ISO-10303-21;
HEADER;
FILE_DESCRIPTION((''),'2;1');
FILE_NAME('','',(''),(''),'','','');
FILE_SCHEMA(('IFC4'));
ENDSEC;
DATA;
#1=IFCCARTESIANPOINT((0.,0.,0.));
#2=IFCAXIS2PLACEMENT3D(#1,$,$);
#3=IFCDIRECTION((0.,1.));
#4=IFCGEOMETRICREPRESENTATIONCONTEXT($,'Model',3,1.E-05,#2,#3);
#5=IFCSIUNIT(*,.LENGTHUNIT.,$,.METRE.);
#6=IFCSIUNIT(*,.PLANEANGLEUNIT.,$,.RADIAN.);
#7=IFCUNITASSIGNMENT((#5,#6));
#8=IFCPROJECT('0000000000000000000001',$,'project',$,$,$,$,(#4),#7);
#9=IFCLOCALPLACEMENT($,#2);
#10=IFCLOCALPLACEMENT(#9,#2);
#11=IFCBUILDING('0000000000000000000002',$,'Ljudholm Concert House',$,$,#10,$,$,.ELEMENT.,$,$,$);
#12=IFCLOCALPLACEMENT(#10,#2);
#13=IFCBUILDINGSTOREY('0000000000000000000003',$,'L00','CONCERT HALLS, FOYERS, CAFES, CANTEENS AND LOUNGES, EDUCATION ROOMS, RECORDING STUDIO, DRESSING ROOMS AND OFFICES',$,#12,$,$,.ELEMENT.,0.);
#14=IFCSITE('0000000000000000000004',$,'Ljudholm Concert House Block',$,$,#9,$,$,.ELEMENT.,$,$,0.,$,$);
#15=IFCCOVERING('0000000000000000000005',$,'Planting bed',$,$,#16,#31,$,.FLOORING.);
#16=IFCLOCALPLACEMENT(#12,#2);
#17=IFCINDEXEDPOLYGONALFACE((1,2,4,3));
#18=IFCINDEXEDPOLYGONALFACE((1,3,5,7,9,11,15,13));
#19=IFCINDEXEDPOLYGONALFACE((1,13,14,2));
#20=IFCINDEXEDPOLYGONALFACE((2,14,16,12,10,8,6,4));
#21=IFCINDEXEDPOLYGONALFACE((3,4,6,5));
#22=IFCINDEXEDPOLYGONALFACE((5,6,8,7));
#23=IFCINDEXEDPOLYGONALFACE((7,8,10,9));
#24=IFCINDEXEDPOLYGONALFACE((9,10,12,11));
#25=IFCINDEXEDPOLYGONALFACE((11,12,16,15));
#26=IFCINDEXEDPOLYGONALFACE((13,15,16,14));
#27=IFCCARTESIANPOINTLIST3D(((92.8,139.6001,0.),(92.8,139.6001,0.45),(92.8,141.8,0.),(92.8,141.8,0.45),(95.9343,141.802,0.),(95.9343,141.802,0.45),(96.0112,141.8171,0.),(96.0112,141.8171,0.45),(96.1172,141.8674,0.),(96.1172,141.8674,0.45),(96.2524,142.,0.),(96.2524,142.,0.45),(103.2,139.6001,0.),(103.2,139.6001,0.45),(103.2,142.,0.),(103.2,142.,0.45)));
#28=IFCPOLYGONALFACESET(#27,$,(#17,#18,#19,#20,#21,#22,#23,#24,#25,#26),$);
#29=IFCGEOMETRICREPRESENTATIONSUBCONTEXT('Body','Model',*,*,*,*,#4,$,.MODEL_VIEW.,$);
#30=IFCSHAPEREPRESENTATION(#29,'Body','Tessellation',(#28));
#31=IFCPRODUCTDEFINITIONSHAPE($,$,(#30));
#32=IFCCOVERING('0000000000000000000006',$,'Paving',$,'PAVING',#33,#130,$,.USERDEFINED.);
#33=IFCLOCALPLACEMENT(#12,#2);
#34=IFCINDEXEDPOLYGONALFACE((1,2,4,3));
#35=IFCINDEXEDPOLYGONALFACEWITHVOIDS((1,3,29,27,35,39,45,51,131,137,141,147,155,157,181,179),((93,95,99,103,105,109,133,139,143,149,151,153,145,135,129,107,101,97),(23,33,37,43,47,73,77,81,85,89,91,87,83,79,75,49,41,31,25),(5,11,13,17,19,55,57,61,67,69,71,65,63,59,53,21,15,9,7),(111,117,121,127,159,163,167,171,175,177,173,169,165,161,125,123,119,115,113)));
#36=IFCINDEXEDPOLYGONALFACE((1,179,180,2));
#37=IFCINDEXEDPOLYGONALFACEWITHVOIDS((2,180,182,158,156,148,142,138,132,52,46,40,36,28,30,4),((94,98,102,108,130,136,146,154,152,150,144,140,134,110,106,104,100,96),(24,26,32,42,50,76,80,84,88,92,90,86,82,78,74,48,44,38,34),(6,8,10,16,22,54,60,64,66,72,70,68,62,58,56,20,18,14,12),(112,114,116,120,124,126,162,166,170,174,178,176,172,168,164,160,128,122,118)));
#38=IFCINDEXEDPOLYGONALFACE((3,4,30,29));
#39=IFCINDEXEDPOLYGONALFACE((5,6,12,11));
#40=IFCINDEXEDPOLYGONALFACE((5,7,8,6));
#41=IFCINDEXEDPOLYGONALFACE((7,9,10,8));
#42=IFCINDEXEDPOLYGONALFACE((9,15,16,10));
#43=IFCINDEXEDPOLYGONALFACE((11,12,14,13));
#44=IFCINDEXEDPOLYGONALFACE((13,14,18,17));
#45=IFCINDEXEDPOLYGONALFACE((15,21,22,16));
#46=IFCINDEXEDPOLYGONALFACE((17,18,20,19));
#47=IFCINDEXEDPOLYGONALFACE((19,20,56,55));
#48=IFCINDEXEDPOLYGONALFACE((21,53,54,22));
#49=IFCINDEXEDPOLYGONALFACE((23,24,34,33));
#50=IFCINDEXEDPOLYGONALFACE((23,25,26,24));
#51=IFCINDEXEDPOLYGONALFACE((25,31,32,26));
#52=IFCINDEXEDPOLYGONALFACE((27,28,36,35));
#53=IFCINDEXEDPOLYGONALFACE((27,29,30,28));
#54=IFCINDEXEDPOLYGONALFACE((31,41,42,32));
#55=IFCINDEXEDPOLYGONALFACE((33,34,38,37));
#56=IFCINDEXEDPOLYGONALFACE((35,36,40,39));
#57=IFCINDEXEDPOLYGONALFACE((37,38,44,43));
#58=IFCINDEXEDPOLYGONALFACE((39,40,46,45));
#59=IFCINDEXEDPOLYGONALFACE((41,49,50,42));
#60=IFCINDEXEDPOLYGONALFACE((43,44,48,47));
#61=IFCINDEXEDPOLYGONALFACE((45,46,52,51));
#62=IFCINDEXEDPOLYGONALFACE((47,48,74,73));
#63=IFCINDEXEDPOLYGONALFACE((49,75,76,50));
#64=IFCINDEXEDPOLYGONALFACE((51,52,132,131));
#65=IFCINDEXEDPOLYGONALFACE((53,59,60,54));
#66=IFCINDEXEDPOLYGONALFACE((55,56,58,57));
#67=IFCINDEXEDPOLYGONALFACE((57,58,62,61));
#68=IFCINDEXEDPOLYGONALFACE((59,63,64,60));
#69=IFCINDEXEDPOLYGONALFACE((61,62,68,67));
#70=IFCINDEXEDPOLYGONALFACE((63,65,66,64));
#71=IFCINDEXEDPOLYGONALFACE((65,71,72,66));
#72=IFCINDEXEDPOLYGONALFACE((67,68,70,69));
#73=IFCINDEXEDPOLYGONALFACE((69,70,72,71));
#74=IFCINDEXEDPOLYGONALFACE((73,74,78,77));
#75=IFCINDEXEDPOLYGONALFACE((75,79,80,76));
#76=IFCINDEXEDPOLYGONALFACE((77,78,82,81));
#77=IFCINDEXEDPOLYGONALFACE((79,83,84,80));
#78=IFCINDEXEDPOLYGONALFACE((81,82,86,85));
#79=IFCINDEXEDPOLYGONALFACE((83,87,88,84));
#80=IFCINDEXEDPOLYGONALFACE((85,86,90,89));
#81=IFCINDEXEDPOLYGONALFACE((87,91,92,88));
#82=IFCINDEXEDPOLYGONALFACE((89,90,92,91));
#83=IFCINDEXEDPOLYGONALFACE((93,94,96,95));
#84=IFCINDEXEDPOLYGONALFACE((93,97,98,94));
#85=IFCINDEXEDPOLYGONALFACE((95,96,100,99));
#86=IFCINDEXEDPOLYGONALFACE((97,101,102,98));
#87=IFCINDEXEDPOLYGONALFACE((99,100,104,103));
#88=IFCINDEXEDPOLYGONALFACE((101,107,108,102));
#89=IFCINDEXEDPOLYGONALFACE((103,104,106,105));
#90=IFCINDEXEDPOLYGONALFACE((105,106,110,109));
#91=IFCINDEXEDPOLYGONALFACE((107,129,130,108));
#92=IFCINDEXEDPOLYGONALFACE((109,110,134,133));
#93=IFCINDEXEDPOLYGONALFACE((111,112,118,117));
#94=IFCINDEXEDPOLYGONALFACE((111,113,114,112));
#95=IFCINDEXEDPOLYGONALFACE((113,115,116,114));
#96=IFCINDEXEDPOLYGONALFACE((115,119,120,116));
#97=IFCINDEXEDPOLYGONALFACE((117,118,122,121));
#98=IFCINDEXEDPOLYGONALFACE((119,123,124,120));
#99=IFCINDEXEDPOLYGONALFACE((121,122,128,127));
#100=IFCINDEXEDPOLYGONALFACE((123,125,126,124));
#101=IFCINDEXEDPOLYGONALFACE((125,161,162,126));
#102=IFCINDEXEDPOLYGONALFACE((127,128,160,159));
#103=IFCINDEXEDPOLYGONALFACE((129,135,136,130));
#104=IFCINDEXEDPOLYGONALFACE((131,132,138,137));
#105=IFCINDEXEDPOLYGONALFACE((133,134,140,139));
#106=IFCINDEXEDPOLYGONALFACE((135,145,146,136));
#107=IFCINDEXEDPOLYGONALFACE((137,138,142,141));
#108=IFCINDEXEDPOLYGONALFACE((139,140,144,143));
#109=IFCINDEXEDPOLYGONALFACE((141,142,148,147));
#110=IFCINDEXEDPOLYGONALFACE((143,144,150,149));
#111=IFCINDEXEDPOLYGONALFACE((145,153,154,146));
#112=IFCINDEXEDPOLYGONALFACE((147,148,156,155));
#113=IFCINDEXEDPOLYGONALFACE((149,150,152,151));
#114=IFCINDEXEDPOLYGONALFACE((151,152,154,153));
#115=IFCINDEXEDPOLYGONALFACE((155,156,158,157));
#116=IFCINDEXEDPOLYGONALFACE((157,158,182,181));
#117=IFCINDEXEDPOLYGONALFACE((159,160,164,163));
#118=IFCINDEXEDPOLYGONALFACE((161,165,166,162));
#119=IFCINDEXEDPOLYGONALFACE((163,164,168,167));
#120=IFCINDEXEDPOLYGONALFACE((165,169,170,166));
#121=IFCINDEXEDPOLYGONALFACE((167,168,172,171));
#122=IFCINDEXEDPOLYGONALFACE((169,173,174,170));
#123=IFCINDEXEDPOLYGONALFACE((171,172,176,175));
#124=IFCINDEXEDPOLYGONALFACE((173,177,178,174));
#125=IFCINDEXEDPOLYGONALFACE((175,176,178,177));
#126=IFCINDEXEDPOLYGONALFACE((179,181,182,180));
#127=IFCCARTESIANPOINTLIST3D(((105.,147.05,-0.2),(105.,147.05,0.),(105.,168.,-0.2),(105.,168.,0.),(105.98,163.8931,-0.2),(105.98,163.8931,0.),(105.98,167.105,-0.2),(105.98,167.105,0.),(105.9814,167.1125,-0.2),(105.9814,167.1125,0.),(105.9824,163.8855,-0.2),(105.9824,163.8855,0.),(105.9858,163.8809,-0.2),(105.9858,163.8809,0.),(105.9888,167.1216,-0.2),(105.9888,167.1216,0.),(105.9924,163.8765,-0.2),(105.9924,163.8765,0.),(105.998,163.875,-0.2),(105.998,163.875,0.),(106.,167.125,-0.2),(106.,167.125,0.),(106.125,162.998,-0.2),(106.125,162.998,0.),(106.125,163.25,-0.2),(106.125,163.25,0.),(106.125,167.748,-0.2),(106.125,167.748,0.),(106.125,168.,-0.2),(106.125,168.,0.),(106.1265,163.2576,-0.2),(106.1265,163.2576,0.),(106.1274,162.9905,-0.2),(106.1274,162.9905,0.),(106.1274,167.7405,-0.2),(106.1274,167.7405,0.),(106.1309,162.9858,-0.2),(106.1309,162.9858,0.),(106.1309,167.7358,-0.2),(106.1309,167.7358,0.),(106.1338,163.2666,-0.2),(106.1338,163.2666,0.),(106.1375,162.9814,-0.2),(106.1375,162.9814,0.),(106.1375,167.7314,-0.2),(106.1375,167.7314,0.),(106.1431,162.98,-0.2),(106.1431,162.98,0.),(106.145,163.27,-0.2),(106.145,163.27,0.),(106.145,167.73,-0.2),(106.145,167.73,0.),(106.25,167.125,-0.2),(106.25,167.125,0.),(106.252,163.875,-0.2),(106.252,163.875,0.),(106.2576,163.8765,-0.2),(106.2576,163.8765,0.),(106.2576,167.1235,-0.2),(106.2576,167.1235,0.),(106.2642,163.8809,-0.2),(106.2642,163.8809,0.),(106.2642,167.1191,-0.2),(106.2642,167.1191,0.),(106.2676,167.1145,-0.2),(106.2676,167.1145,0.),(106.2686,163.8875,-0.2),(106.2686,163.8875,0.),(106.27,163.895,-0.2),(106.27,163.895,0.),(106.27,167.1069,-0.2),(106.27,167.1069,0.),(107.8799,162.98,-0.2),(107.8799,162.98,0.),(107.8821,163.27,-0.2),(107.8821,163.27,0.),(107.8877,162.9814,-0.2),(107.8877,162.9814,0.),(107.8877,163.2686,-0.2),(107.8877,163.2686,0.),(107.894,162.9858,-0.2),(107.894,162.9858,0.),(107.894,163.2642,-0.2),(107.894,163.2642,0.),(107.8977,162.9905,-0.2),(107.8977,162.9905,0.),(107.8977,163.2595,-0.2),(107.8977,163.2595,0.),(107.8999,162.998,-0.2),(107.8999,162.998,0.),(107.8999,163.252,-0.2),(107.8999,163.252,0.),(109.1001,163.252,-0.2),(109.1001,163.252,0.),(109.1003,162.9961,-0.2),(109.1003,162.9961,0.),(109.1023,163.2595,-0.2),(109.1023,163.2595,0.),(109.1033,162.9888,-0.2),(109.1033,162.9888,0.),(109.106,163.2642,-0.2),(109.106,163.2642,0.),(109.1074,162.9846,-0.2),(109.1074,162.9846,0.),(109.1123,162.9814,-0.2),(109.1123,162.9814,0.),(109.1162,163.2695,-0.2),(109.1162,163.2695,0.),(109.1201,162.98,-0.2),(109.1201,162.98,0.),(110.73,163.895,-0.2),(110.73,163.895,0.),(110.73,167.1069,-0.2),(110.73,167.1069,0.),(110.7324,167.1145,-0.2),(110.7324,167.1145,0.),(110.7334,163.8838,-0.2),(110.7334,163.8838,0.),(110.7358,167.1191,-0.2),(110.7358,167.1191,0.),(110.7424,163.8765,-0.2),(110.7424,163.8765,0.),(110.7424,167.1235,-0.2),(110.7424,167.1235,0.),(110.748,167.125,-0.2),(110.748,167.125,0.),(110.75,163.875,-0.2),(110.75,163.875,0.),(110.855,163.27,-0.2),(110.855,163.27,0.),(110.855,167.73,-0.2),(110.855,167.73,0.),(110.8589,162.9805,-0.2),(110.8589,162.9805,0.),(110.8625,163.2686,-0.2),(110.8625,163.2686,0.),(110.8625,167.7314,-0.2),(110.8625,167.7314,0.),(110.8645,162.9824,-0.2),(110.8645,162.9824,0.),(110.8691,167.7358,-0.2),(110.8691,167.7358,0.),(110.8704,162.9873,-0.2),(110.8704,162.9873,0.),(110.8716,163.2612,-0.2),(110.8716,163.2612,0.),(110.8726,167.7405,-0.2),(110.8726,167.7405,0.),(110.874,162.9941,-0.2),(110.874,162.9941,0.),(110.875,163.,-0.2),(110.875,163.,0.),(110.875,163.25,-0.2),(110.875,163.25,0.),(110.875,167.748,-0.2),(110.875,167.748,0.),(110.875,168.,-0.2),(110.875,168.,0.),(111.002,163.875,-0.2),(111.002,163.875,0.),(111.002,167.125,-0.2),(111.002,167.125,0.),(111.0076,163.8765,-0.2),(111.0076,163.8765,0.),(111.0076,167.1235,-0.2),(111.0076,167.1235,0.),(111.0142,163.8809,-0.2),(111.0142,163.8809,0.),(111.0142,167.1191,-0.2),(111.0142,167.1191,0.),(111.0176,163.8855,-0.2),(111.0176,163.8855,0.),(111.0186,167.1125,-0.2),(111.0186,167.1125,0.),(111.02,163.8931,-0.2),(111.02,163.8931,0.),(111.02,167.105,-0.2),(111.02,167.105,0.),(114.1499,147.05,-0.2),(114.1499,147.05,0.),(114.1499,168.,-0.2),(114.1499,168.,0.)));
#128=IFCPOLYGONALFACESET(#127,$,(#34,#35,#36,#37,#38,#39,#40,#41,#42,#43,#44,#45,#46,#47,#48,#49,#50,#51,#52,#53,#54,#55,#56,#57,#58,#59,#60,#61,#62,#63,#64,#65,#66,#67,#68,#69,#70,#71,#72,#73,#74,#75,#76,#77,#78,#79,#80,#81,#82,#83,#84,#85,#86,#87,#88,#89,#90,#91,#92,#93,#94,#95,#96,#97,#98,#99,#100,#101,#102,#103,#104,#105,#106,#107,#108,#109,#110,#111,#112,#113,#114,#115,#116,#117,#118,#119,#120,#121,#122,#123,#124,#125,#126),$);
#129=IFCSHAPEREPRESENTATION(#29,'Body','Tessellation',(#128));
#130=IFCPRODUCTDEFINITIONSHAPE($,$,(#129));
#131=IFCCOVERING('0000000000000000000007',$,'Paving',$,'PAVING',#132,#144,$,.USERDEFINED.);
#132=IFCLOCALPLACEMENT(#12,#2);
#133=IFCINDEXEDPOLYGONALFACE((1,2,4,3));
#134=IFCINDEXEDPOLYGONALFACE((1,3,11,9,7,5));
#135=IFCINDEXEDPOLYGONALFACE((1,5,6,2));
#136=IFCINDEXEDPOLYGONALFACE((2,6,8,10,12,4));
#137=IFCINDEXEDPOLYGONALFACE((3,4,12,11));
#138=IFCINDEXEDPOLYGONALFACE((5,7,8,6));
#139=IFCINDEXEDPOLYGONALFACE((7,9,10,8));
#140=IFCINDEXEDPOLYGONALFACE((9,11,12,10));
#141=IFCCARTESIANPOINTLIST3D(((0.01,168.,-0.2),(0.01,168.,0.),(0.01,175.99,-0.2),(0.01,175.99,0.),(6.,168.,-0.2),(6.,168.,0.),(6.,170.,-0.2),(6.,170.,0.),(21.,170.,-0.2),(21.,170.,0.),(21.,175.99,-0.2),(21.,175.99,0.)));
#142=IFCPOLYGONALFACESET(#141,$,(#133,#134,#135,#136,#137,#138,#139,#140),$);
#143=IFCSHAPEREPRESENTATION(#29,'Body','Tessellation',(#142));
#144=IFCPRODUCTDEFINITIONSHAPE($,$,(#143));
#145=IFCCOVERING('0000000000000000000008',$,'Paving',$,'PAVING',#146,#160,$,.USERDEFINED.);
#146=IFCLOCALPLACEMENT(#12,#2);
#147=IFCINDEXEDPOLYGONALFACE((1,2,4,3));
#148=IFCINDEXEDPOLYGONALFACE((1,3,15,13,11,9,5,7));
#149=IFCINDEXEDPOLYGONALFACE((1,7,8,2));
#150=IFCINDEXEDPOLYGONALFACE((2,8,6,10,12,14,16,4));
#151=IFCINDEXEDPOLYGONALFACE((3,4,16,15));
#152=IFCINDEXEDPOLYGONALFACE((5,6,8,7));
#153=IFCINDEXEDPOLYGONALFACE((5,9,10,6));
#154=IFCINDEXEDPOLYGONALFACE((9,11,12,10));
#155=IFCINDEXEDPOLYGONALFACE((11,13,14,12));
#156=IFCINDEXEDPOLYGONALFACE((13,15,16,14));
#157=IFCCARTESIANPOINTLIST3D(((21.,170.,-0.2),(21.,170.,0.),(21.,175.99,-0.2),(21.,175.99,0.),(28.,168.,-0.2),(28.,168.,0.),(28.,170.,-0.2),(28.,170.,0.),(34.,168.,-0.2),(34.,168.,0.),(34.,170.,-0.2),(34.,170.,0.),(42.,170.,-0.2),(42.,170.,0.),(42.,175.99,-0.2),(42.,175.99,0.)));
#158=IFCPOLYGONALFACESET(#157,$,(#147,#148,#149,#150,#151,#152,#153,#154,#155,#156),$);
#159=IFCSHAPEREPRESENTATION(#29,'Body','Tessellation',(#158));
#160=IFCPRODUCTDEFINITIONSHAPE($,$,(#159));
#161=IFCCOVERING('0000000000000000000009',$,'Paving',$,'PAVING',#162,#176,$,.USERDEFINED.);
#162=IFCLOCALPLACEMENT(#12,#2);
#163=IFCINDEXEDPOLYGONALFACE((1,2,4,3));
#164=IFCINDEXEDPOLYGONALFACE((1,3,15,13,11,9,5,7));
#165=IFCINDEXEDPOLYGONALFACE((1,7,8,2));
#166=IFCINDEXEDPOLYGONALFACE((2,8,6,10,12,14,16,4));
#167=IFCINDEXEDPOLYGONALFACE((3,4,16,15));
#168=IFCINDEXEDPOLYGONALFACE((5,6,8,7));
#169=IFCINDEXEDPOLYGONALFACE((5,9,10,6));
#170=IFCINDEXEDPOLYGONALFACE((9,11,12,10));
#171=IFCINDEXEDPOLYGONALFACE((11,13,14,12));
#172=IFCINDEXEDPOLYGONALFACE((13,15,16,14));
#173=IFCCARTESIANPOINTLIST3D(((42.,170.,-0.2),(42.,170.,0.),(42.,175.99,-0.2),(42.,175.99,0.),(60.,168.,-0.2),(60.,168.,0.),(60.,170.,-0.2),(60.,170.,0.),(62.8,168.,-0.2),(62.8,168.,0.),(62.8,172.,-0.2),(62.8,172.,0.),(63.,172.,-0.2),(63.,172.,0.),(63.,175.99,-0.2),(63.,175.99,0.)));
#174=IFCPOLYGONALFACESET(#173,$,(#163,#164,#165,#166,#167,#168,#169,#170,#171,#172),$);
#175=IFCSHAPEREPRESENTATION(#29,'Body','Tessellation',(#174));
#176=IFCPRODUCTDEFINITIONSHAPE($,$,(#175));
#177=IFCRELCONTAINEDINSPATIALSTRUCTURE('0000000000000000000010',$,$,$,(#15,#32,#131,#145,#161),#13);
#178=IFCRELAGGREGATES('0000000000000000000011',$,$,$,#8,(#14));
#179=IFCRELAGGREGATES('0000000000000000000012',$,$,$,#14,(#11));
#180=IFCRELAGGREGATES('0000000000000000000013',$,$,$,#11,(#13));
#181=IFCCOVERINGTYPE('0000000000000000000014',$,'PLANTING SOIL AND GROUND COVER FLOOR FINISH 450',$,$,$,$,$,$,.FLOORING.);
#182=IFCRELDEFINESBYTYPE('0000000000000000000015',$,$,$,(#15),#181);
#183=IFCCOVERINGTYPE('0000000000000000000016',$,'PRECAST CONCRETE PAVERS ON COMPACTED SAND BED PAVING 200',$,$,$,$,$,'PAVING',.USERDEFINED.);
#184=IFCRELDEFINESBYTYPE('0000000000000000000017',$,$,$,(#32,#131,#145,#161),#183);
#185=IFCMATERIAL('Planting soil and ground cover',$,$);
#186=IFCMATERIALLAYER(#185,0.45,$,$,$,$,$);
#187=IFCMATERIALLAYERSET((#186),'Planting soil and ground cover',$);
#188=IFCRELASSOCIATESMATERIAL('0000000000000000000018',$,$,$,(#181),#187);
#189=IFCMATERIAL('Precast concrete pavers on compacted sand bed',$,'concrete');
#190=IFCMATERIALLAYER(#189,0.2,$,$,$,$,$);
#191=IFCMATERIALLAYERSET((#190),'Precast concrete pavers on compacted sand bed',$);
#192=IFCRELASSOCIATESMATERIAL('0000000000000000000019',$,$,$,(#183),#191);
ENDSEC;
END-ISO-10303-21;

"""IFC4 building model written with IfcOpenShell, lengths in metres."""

from ifc_helpers import new_model, si_unit, direction, frame, origin, place, context, subcontext, project, spatial, polyline, outline, extrude, material, layer, layer_set, type_object, element, save


model = new_model("IFC4")

# Units and contexts
model_context = context("Model", 3, precision=1e-05, world=origin(), true_north=direction((0.0, 1.0)))
body_context = subcontext(model_context, "Body", "Model", "MODEL_VIEW")
ifc_project = project(units=[si_unit("LENGTHUNIT", "METRE"), si_unit("PLANEANGLEUNIT", "RADIAN")], contexts=[model_context])

# Site, building, storey
site_placement = place(None, origin())
site = spatial("IfcSite", under=ifc_project, at=site_placement, Name="Ljudholm Concert House Block", CompositionType="ELEMENT", RefElevation=0.0)
building_placement = place(site_placement, origin())
building = spatial("IfcBuilding", under=site, at=building_placement, Name="Ljudholm Concert House", CompositionType="ELEMENT")
storey_placement = place(building_placement, origin())
storey = spatial("IfcBuildingStorey", under=building, at=storey_placement, Name="L00", Description="CONCERT HALLS, FOYERS, CAFES, CANTEENS AND LOUNGES, EDUCATION ROOMS, RECORDING STUDIO, DRESSING ROOMS AND OFFICES", CompositionType="ELEMENT", Elevation=0.0)

# Coverings
ifc_material_1 = material(Name="Planting soil and ground cover")
ifc_layer_1 = layer(ifc_material_1, 0.45)
ifc_layer_set_1 = layer_set([ifc_layer_1], Name="Planting soil and ground cover")
covering_type_1 = type_object("IfcCoveringType", Name="PLANTING SOIL AND GROUND COVER FLOOR FINISH 450", PredefinedType="FLOORING", material=ifc_layer_set_1)
covering_1_placement = place(storey_placement, origin())
element("IfcCovering", 1, at=covering_1_placement, inside=storey, type_object=covering_type_1, Name="Planting bed", PredefinedType="FLOORING", context=body_context, shape_type="SweptSolid", body=[
    extrude(outline(polyline([(92.8, 139.6001), (92.8, 141.8), (95.9343, 141.802), (96.0112, 141.8171), (96.1172, 141.8674), (96.2524, 142.0), (103.2, 142.0), (103.2, 139.6001), (92.8, 139.6001)])), origin(), (0.0, 0.0, 1.0), 0.45),
])
ifc_material_2 = material(Name="Precast concrete pavers on compacted sand bed", Category="concrete")
ifc_layer_2 = layer(ifc_material_2, 0.2)
ifc_layer_set_2 = layer_set([ifc_layer_2], Name="Precast concrete pavers on compacted sand bed")
covering_type_2 = type_object("IfcCoveringType", Name="PRECAST CONCRETE PAVERS ON COMPACTED SAND BED PAVING 200", ElementType="PAVING", PredefinedType="USERDEFINED", material=ifc_layer_set_2)
covering_2_placement = place(storey_placement, frame((0.0, 0.0, -0.2)))
element("IfcCovering", 2, at=covering_2_placement, inside=storey, type_object=covering_type_2, Name="Paving", ObjectType="PAVING", PredefinedType="USERDEFINED", context=body_context, shape_type="SweptSolid", body=[
    extrude(outline(polyline([(114.1499, 147.05), (105.0, 147.05), (105.0, 168.0), (106.125, 168.0), (106.125, 167.748), (106.1274, 167.7405), (106.1309, 167.7358), (106.1375, 167.7314), (106.145, 167.73), (110.855, 167.73), (110.8625, 167.7314), (110.8691, 167.7358), (110.8726, 167.7405), (110.875, 167.748), (110.875, 168.0), (114.1499, 168.0), (114.1499, 147.05)]), holes=[polyline([(106.1265, 163.2576), (106.125, 163.25), (106.125, 162.998), (106.1274, 162.9905), (106.1309, 162.9858), (106.1375, 162.9814), (106.1431, 162.98), (107.8799, 162.98), (107.8877, 162.9814), (107.894, 162.9858), (107.8977, 162.9905), (107.8999, 162.998), (107.8999, 163.252), (107.8977, 163.2595), (107.894, 163.2642), (107.8877, 163.2686), (107.8821, 163.27), (106.145, 163.27), (106.1338, 163.2666), (106.1265, 163.2576)]), polyline([(110.8625, 163.2686), (110.855, 163.27), (109.1162, 163.2695), (109.106, 163.2642), (109.1023, 163.2595), (109.1001, 163.252), (109.1003, 162.9961), (109.1033, 162.9888), (109.1074, 162.9846), (109.1123, 162.9814), (109.1201, 162.98), (110.8589, 162.9805), (110.8645, 162.9824), (110.8704, 162.9873), (110.874, 162.9941), (110.875, 163.0), (110.875, 163.25), (110.8716, 163.2612), (110.8625, 163.2686)]), polyline([(110.7424, 163.8765), (110.75, 163.875), (111.002, 163.875), (111.0076, 163.8765), (111.0142, 163.8809), (111.0176, 163.8855), (111.02, 163.8931), (111.02, 167.105), (111.0186, 167.1125), (111.0142, 167.1191), (111.0076, 167.1235), (111.002, 167.125), (110.748, 167.125), (110.7424, 167.1235), (110.7358, 167.1191), (110.7324, 167.1145), (110.73, 167.1069), (110.73, 163.895), (110.7334, 163.8838), (110.7424, 163.8765)]), polyline([(105.9814, 167.1125), (105.98, 167.105), (105.98, 163.8931), (105.9824, 163.8855), (105.9858, 163.8809), (105.9924, 163.8765), (105.998, 163.875), (106.252, 163.875), (106.2576, 163.8765), (106.2642, 163.8809), (106.2686, 163.8875), (106.27, 163.895), (106.27, 167.1069), (106.2676, 167.1145), (106.2642, 167.1191), (106.2576, 167.1235), (106.25, 167.125), (106.0, 167.125), (105.9888, 167.1216), (105.9814, 167.1125)])]), origin(), (0.0, 0.0, 1.0), 0.2),
])
covering_3_placement = place(storey_placement, frame((0.0, 0.0, -0.2)))
element("IfcCovering", 3, at=covering_3_placement, inside=storey, type_object=covering_type_2, Name="Paving", ObjectType="PAVING", PredefinedType="USERDEFINED", context=body_context, shape_type="SweptSolid", body=[
    extrude(outline(polyline([(0.01, 175.99), (21.0, 175.99), (21.0, 170.0), (6.0, 170.0), (6.0, 168.0), (0.01, 168.0), (0.01, 175.99)])), origin(), (0.0, 0.0, 1.0), 0.2),
])
covering_4_placement = place(storey_placement, frame((0.0, 0.0, -0.2)))
element("IfcCovering", 4, at=covering_4_placement, inside=storey, type_object=covering_type_2, Name="Paving", ObjectType="PAVING", PredefinedType="USERDEFINED", context=body_context, shape_type="SweptSolid", body=[
    extrude(outline(polyline([(42.0, 175.99), (42.0, 170.0), (34.0, 170.0), (34.0, 168.0), (28.0, 168.0), (28.0, 170.0), (21.0, 170.0), (21.0, 175.99), (42.0, 175.99)])), origin(), (0.0, 0.0, 1.0), 0.2),
])
covering_5_placement = place(storey_placement, frame((0.0, 0.0, -0.2)))
element("IfcCovering", 5, at=covering_5_placement, inside=storey, type_object=covering_type_2, Name="Paving", ObjectType="PAVING", PredefinedType="USERDEFINED", context=body_context, shape_type="SweptSolid", body=[
    extrude(outline(polyline([(63.0, 175.99), (63.0, 172.0), (62.8, 172.0), (62.8, 168.0), (60.0, 168.0), (60.0, 170.0), (42.0, 170.0), (42.0, 175.99), (63.0, 175.99)])), origin(), (0.0, 0.0, 1.0), 0.2),
])

save(model, "model.ifc")
